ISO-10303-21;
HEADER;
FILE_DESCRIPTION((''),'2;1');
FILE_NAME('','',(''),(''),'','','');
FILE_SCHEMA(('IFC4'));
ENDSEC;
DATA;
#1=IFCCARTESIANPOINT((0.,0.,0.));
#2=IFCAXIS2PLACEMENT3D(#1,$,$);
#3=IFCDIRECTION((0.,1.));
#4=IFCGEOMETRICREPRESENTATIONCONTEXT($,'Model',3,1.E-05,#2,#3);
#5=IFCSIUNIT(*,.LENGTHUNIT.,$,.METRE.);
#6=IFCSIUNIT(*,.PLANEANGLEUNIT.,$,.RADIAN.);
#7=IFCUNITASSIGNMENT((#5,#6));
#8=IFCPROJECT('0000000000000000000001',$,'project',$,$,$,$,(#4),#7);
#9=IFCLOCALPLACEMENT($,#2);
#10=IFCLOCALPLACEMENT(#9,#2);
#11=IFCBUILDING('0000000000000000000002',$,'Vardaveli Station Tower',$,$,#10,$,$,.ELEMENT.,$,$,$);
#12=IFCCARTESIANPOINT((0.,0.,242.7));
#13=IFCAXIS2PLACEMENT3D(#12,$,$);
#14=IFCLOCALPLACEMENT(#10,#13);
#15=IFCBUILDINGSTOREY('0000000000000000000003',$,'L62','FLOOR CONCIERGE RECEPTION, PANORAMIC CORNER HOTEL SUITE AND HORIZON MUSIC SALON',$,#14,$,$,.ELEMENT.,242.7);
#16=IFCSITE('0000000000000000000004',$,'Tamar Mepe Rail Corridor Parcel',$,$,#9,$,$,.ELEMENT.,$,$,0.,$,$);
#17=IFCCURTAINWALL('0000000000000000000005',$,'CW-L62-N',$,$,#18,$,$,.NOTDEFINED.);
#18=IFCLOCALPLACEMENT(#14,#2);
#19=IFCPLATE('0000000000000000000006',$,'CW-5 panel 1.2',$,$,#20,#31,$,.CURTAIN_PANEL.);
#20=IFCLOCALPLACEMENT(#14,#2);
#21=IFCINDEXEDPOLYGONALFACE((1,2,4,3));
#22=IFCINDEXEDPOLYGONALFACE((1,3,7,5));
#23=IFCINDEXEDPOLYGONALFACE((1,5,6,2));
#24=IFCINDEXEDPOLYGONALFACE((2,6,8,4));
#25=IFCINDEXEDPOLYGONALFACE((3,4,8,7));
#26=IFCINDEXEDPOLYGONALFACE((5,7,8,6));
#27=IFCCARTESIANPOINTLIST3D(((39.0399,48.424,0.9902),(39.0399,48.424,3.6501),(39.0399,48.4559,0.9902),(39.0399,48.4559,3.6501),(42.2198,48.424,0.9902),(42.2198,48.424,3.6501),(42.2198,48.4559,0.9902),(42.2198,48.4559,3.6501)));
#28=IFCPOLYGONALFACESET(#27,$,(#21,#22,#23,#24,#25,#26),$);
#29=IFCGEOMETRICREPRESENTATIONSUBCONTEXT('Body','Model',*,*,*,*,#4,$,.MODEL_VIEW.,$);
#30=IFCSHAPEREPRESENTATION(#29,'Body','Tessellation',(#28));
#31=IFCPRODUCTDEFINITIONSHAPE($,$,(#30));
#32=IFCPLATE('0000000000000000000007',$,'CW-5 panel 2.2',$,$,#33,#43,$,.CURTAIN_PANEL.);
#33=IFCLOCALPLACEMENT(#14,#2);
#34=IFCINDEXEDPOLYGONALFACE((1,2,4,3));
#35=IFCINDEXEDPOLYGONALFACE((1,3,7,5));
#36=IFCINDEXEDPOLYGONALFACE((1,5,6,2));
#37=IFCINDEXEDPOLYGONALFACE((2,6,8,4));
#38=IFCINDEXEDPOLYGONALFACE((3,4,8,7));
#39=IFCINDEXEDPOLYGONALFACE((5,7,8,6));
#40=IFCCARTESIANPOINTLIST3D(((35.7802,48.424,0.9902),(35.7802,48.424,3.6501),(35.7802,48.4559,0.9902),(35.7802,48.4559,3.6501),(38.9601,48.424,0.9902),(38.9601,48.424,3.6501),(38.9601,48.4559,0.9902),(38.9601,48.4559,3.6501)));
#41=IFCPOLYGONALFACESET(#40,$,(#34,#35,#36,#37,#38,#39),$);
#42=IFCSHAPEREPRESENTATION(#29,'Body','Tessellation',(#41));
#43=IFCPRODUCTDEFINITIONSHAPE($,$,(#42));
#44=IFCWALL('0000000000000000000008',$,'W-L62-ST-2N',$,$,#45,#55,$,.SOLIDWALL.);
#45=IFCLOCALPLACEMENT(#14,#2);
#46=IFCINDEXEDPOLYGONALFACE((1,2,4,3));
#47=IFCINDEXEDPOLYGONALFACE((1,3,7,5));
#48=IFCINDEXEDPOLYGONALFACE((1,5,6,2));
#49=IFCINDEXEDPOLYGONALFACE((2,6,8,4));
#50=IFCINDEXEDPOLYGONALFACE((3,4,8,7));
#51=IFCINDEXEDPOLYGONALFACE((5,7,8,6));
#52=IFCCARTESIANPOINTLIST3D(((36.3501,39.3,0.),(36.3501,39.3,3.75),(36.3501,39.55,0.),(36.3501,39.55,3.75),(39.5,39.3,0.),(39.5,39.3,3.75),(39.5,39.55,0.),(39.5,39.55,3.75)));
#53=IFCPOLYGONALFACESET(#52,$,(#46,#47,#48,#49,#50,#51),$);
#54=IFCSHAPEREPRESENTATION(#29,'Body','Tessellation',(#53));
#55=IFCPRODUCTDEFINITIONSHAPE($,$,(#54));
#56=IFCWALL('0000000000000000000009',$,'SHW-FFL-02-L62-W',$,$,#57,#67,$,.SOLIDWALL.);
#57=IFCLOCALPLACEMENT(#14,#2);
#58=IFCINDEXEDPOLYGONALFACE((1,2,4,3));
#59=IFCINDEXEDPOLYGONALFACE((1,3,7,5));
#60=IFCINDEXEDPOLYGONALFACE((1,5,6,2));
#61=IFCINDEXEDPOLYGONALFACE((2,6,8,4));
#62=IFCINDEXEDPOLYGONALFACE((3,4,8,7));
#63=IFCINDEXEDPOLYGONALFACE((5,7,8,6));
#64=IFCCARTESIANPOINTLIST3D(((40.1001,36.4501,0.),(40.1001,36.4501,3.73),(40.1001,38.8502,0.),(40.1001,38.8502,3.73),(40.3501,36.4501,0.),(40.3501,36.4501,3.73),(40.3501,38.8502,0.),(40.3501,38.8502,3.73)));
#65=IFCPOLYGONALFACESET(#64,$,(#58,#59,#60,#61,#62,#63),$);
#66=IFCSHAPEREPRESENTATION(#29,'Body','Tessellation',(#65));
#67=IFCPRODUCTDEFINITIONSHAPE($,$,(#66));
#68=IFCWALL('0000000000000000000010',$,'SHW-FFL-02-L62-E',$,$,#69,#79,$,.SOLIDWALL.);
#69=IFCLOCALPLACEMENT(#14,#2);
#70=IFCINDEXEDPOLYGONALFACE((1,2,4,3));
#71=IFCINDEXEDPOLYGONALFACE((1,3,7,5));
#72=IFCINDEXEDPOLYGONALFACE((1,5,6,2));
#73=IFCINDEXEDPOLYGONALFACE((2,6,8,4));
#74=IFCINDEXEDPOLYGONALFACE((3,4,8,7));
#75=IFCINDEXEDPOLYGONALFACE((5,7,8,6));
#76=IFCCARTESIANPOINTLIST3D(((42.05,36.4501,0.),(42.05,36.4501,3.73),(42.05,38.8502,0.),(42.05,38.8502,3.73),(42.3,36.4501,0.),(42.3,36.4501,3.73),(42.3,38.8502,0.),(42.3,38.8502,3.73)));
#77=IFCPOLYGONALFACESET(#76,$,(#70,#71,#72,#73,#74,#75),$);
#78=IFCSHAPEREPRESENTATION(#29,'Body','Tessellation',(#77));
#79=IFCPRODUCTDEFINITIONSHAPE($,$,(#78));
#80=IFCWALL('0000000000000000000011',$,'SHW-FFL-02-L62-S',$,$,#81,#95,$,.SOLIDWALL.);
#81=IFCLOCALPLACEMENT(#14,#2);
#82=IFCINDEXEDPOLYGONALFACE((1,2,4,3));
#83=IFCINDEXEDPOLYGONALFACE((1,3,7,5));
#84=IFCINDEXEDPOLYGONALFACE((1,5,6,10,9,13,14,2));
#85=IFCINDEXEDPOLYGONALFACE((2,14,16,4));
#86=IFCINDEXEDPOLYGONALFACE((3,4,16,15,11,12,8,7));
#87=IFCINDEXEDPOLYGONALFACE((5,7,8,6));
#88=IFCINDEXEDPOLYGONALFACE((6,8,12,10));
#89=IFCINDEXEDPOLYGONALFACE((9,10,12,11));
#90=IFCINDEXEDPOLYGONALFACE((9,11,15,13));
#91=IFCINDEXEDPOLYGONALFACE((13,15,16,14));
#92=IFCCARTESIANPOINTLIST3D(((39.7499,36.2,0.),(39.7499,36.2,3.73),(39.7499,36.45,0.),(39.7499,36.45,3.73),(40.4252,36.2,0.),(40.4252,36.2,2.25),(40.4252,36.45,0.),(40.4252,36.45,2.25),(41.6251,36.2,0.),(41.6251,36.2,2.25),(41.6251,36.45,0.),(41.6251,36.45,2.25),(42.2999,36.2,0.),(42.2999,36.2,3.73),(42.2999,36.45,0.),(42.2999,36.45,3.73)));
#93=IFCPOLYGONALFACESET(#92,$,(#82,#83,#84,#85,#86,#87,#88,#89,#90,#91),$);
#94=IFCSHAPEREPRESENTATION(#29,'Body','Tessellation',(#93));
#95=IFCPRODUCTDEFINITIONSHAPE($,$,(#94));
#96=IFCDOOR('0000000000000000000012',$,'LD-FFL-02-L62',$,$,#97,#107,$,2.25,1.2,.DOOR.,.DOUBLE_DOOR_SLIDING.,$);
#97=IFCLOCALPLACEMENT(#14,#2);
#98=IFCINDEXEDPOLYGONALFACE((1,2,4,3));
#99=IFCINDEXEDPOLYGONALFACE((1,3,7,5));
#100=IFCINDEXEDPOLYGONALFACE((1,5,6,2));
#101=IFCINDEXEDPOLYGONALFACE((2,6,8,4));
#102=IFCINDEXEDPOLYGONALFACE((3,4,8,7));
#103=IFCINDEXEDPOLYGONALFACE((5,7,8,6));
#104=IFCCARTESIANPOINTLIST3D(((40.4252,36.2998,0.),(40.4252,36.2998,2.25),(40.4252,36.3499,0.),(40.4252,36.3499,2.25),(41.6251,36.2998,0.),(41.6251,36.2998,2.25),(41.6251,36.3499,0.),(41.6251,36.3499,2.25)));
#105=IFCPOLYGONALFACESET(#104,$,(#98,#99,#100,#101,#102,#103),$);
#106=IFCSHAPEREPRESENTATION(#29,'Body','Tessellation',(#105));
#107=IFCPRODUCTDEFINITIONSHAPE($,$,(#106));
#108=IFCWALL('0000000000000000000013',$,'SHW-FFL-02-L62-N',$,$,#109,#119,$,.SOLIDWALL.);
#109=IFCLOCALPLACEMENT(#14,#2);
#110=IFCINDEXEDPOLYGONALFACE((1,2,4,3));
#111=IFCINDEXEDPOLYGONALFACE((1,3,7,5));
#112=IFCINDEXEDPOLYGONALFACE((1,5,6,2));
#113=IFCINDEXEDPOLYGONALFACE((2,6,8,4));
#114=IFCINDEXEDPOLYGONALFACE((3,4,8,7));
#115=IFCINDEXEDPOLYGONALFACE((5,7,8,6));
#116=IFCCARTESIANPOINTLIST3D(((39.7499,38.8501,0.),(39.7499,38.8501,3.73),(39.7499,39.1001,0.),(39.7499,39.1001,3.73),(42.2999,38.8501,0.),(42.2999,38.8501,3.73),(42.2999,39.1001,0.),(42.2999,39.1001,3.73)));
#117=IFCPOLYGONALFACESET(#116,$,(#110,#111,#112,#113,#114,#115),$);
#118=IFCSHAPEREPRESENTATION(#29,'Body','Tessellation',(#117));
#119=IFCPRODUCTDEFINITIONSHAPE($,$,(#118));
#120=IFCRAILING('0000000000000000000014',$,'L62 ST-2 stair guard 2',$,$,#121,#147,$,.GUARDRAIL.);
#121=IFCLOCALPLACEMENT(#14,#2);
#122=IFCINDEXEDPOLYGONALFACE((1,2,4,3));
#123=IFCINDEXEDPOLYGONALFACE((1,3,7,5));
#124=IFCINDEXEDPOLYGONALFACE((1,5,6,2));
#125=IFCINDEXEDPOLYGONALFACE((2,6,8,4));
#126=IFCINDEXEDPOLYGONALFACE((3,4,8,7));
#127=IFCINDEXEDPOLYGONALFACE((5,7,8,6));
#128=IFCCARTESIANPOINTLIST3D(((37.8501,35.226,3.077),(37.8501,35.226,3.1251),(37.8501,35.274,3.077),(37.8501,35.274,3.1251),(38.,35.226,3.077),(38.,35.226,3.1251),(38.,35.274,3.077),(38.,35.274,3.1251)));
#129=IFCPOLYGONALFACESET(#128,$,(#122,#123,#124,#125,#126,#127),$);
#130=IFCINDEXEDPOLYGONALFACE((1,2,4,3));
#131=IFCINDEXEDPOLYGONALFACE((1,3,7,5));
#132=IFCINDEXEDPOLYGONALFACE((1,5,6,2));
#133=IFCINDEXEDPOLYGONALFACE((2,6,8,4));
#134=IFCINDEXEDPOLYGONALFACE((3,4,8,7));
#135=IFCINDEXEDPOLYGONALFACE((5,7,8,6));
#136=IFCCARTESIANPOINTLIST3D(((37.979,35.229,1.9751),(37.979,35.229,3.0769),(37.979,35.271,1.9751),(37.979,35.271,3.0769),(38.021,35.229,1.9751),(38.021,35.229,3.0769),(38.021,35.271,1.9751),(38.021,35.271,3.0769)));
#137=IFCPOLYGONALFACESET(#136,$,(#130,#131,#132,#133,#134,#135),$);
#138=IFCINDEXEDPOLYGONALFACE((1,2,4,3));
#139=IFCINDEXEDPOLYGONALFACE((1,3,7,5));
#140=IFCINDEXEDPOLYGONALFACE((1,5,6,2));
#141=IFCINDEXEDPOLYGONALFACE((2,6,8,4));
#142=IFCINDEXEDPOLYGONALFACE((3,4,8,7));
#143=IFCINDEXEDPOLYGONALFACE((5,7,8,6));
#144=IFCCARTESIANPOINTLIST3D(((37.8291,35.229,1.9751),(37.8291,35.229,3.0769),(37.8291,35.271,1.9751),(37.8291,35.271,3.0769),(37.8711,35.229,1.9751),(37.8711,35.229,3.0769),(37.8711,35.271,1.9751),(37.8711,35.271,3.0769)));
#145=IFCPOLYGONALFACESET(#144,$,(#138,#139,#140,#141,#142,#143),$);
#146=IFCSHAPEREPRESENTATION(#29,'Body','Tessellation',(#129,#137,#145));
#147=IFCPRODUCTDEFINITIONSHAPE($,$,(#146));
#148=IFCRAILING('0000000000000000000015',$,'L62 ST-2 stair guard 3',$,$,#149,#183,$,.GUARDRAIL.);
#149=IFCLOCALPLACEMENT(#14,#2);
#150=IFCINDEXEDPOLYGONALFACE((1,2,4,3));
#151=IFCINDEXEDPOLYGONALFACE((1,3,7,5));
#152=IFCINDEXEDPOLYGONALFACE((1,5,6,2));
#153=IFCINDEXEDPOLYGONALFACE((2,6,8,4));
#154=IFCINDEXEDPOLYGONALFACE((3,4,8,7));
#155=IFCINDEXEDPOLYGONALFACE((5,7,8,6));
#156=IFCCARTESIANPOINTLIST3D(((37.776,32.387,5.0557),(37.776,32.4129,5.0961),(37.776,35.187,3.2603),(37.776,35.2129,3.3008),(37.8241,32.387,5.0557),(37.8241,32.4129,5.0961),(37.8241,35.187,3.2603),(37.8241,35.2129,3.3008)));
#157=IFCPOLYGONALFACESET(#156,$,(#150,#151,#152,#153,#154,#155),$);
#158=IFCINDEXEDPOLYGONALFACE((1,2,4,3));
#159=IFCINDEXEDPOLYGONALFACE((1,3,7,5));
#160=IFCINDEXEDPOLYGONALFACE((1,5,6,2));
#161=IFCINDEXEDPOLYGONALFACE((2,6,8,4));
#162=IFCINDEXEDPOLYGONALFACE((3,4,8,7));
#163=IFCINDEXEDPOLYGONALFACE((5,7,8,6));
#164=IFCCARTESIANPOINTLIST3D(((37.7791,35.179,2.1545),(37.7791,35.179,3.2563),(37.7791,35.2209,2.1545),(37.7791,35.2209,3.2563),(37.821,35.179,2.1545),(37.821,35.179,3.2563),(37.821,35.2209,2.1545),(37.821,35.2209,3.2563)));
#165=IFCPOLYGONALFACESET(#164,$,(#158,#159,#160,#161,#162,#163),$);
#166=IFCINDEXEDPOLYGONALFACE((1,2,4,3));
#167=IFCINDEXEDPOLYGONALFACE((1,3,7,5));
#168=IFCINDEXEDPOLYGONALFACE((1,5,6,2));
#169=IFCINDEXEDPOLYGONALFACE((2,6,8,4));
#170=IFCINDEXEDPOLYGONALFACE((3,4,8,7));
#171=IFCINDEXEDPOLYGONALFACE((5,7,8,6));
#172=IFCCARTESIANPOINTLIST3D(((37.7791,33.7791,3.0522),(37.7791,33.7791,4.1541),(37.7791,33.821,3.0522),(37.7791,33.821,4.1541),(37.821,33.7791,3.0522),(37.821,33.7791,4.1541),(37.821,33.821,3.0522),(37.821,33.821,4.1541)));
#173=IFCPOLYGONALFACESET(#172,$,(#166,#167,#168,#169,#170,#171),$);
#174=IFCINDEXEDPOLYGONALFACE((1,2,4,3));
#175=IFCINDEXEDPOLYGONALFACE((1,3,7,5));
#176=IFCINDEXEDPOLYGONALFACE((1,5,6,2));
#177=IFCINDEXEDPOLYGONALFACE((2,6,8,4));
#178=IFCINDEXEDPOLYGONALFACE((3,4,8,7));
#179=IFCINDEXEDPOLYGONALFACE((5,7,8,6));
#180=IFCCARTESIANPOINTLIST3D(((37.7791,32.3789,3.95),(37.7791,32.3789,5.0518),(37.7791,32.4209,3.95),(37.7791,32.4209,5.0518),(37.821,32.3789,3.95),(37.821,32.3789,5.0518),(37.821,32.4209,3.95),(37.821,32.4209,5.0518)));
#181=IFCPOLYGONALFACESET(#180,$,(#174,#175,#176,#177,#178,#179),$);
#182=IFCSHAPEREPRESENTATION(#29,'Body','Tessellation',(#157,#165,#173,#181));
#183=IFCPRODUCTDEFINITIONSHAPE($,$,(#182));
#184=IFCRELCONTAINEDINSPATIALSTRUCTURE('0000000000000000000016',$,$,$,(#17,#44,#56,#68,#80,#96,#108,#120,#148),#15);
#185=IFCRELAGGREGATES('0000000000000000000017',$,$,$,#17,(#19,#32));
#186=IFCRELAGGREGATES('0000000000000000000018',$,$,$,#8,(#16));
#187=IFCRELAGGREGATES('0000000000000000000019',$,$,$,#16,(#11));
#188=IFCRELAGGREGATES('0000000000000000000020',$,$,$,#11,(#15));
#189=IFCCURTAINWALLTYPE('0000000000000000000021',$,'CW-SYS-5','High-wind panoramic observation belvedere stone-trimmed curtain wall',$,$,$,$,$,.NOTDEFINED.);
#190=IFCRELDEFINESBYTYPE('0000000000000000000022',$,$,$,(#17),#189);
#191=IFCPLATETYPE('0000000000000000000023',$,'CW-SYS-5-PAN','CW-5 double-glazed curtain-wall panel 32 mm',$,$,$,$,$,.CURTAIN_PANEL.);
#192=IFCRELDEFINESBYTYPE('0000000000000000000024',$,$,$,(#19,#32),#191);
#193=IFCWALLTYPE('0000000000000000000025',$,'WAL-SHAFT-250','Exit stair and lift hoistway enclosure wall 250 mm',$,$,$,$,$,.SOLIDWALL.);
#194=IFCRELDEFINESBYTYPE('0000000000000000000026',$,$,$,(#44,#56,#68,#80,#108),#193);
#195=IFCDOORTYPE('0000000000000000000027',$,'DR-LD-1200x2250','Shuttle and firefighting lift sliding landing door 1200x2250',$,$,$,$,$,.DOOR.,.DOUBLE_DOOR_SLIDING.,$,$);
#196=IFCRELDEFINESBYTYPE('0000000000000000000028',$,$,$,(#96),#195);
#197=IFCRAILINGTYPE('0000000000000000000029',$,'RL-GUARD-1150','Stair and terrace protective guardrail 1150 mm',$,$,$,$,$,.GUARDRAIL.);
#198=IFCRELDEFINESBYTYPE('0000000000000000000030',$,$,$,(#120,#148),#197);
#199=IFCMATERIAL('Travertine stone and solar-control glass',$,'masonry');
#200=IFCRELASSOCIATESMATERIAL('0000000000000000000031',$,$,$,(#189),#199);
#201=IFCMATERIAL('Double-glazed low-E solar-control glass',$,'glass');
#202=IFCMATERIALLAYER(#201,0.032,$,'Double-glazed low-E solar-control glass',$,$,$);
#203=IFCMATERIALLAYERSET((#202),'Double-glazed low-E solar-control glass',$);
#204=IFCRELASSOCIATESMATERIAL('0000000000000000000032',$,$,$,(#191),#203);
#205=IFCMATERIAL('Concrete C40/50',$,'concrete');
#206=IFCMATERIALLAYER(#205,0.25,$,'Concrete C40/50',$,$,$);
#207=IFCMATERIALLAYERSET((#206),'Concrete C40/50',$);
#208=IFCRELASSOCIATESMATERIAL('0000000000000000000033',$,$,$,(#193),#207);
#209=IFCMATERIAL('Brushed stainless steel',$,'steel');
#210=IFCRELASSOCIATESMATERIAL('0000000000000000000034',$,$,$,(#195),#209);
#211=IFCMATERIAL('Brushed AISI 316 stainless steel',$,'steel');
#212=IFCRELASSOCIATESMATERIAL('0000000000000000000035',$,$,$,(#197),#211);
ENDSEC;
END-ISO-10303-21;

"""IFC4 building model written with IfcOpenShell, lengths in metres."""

from ifc_helpers import new_model, si_unit, direction, frame, frame_2d, origin, origin_2d, place, context, subcontext, project, spatial, rectangle, extrude, source, transform, mapped, material, layer, layer_set, type_object, element, fill, aggregate, save


model = new_model("IFC4")

# Units and contexts
model_context = context("Model", 3, precision=1e-05, world=origin(), true_north=direction((0.0, 1.0)))
body_context = subcontext(model_context, "Body", "Model", "MODEL_VIEW")
ifc_project = project(units=[si_unit("LENGTHUNIT", "METRE"), si_unit("PLANEANGLEUNIT", "RADIAN")], contexts=[model_context])

# Site, building, storey
site_placement = place(None, origin())
site = spatial("IfcSite", under=ifc_project, at=site_placement, Name="Tamar Mepe Rail Corridor Parcel", CompositionType="ELEMENT", RefElevation=0.0)
building_placement = place(site_placement, origin())
building = spatial("IfcBuilding", under=site, at=building_placement, Name="Vardaveli Station Tower", CompositionType="ELEMENT")
storey_placement = place(building_placement, frame((0.0, 0.0, 242.7)))
storey = spatial("IfcBuildingStorey", under=building, at=storey_placement, Name="L62", Description="FLOOR CONCIERGE RECEPTION, PANORAMIC CORNER HOTEL SUITE AND HORIZON MUSIC SALON", CompositionType="ELEMENT", Elevation=242.7)

# Curtain wall, plates
ifc_material_1 = material(Name="Travertine stone and solar-control glass", Category="masonry")
curtain_wall_type = type_object("IfcCurtainWallType", Name="CW-SYS-5", Description="High-wind panoramic observation belvedere stone-trimmed curtain wall", PredefinedType="NOTDEFINED", material=ifc_material_1)
curtain_wall_placement = place(storey_placement, origin())
curtain_wall = element("IfcCurtainWall", 1, at=curtain_wall_placement, inside=storey, type_object=curtain_wall_type, Name="CW-L62-N", PredefinedType="NOTDEFINED")
ifc_material_2 = material(Name="Double-glazed low-E solar-control glass", Category="glass")
ifc_layer_1 = layer(ifc_material_2, 0.032, Name="Double-glazed low-E solar-control glass")
ifc_layer_set_1 = layer_set([ifc_layer_1], Name="Double-glazed low-E solar-control glass")
plate_type = type_object("IfcPlateType", Name="CW-SYS-5-PAN", Description="CW-5 double-glazed curtain-wall panel 32 mm", PredefinedType="CURTAIN_PANEL", material=ifc_layer_set_1)
shared_shape_1 = source(origin(), body_context, "Body", "SweptSolid", [
    extrude(rectangle(XDim=3.1799, YDim=0.032, at=origin_2d()), origin(), (0.0, 0.0, 1.0), 2.6599),
])
plate_1_placement = place(storey_placement, frame((40.6299, 48.4399, 0.9902), z_axis=(0.0, 0.0, 1.0), x_axis=(-1.0, 0.0, 0.0)))
plate_1 = element("IfcPlate", 2, at=plate_1_placement, type_object=plate_type, Name="CW-5 panel 1.2", PredefinedType="CURTAIN_PANEL", context=body_context, shape_type="MappedRepresentation", body=[
    mapped(shared_shape_1, transform((0.0, 0.0, 0.0), scale=1.0)),
])
plate_2_placement = place(storey_placement, frame((37.3701, 48.4399, 0.9902), z_axis=(0.0, 0.0, 1.0), x_axis=(-1.0, 0.0, 0.0)))
plate_2 = element("IfcPlate", 3, at=plate_2_placement, type_object=plate_type, Name="CW-5 panel 2.2", PredefinedType="CURTAIN_PANEL", context=body_context, shape_type="MappedRepresentation", body=[
    mapped(shared_shape_1, transform((0.0, 0.0, 0.0), scale=1.0)),
])
aggregate(curtain_wall, [plate_1, plate_2])

# Walls
ifc_material_3 = material(Name="Concrete C40/50", Category="concrete")
ifc_layer_2 = layer(ifc_material_3, 0.25, Name="Concrete C40/50")
ifc_layer_set_2 = layer_set([ifc_layer_2], Name="Concrete C40/50")
wall_type = type_object("IfcWallType", Name="WAL-SHAFT-250", Description="Exit stair and lift hoistway enclosure wall 250 mm", PredefinedType="SOLIDWALL", material=ifc_layer_set_2)
shared_shape_2 = source(origin(), body_context, "Body", "SweptSolid", [
    extrude(rectangle(XDim=3.1499, YDim=0.25, at=frame_2d((1.575, 0.0))), origin(), (0.0, 0.0, 1.0), 3.75),
])
wall_1_placement = place(storey_placement, frame((36.3501, 39.425, 0.0), z_axis=(0.0, 0.0, 1.0), x_axis=(1.0, 0.0, 0.0)))
element("IfcWall", 4, at=wall_1_placement, inside=storey, type_object=wall_type, Name="W-L62-ST-2N", PredefinedType="SOLIDWALL", context=body_context, shape_type="MappedRepresentation", body=[
    mapped(shared_shape_2, transform((0.0, 0.0, 0.0), scale=1.0)),
])
shared_shape_3 = source(origin(), body_context, "Body", "SweptSolid", [
    extrude(rectangle(XDim=2.4001, YDim=0.25, at=frame_2d((1.2002, 0.0))), origin(), (0.0, 0.0, 1.0), 3.73),
])
for number, where, z_axis, x_axis, name in (
    (5, (40.2251, 36.45, 0.0), (0.0, 0.0, 1.0), (0.0, 1.0, 0.0), "SHW-FFL-02-L62-W"),
    (6, (42.175, 36.45, 0.0), (0.0, 0.0, 1.0), (0.0, 1.0, 0.0), "SHW-FFL-02-L62-E"),
):
    element("IfcWall", number, at=place(storey_placement, frame(where, z_axis=z_axis, x_axis=x_axis)), inside=storey, type_object=wall_type, Name=name, PredefinedType="SOLIDWALL", context=body_context, shape_type="MappedRepresentation", body=[
        mapped(shared_shape_3, transform((0.0, 0.0, 0.0), scale=1.0)),
    ])

# Wall, opening, door
shared_shape_4 = source(origin(), body_context, "Body", "SweptSolid", [
    extrude(rectangle(XDim=2.55, YDim=0.25, at=frame_2d((1.2749, 0.0))), origin(), (0.0, 0.0, 1.0), 3.73),
])
wall_2_placement = place(storey_placement, frame((39.75, 36.325, 0.0), z_axis=(0.0, 0.0, 1.0), x_axis=(1.0, 0.0, 0.0)))
wall_2 = element("IfcWall", 7, at=wall_2_placement, inside=storey, type_object=wall_type, Name="SHW-FFL-02-L62-S", PredefinedType="SOLIDWALL", context=body_context, shape_type="MappedRepresentation", body=[
    mapped(shared_shape_4, transform((0.0, 0.0, 0.0), scale=1.0)),
])
shared_shape_5 = source(origin(), body_context, "Body", "SweptSolid", [
    extrude(rectangle(XDim=1.2, YDim=2.25, at=frame_2d((0.6001, 1.125))), frame((0.0, 0.135, 0.0), z_axis=(0.0, -1.0, 0.0), x_axis=(1.0, 0.0, 0.0)), (0.0, 0.0, 1.0), 0.27),
])
opening_placement = place(wall_2_placement, frame((0.675, 0.0, 0.0)))
opening = element("IfcOpeningElement", 8, at=opening_placement, cuts=wall_2, PredefinedType="OPENING", context=body_context, shape_type="MappedRepresentation", body=[
    mapped(shared_shape_5, transform((0.0, 0.0, 0.0), scale=1.0)),
])
ifc_material_4 = material(Name="Brushed stainless steel", Category="steel")
door_type = type_object("IfcDoorType", Name="DR-LD-1200x2250", Description="Shuttle and firefighting lift sliding landing door 1200x2250", OperationType="DOUBLE_DOOR_SLIDING", PredefinedType="DOOR", material=ifc_material_4)
shared_shape_6 = source(origin(), body_context, "Body", "SweptSolid", [
    extrude(rectangle(XDim=1.2, YDim=2.25, at=frame_2d((0.6001, 1.125))), frame((0.0, 0.0249, 0.0), z_axis=(0.0, -1.0, 0.0), x_axis=(1.0, 0.0, 0.0)), (0.0, 0.0, 1.0), 0.05),
])
door_placement = place(opening_placement, origin())
door = element("IfcDoor", 9, at=door_placement, inside=storey, type_object=door_type, Name="LD-FFL-02-L62", OperationType="DOUBLE_DOOR_SLIDING", OverallHeight=2.25, OverallWidth=1.2, PredefinedType="DOOR", context=body_context, shape_type="MappedRepresentation", body=[
    mapped(shared_shape_6, transform((0.0, 0.0, 0.0), scale=1.0)),
])
fill(opening, door)

# Wall
wall_3_placement = place(storey_placement, frame((39.75, 38.9751, 0.0), z_axis=(0.0, 0.0, 1.0), x_axis=(1.0, 0.0, 0.0)))
element("IfcWall", 10, at=wall_3_placement, inside=storey, type_object=wall_type, Name="SHW-FFL-02-L62-N", PredefinedType="SOLIDWALL", context=body_context, shape_type="MappedRepresentation", body=[
    mapped(shared_shape_4, transform((0.0, 0.0, 0.0), scale=1.0)),
])

# Railings
ifc_material_5 = material(Name="Brushed AISI 316 stainless steel", Category="steel")
railing_type = type_object("IfcRailingType", Name="RL-GUARD-1150", Description="Stair and terrace protective guardrail 1150 mm", PredefinedType="GUARDRAIL", material=ifc_material_5)
shared_shape_7 = source(origin(), body_context, "Body", "SweptSolid", [
    extrude(rectangle(XDim=0.0481, YDim=0.0481, at=origin_2d()), frame((0.0, 0.0, 1.126), z_axis=(-1.0, 0.0, 0.0), x_axis=(0.0, -1.0, 0.0)), (0.0, 0.0, 1.0), 0.1499),
    extrude(rectangle(XDim=0.042, YDim=0.042, at=origin_2d()), origin(), (0.0, 0.0, 1.0), 1.1018),
    extrude(rectangle(XDim=0.042, YDim=0.042, at=origin_2d()), frame((-0.1499, 0.0, 0.0)), (0.0, 0.0, 1.0), 1.1018),
])
railing_1_placement = place(storey_placement, frame((38.0, 35.25, 1.9751)))
element("IfcRailing", 11, at=railing_1_placement, inside=storey, type_object=railing_type, Name="L62 ST-2 stair guard 2", PredefinedType="GUARDRAIL", context=body_context, shape_type="MappedRepresentation", body=[
    mapped(shared_shape_7, transform((0.0, 0.0, 0.0), scale=1.0)),
])
shared_shape_8 = source(origin(), body_context, "Body", "SweptSolid", [
    extrude(rectangle(XDim=0.0481, YDim=0.0481, at=origin_2d()), frame((0.0, 0.0, 1.126), z_axis=(0.0, -0.84181, 0.539774), x_axis=(1.0, 0.0, 0.0)), (0.0, 0.0, 1.0), 3.3262),
    extrude(rectangle(XDim=0.042, YDim=0.042, at=origin_2d()), origin(), (0.0, 0.0, 1.0), 1.1018),
    extrude(rectangle(XDim=0.042, YDim=0.042, at=origin_2d()), frame((0.0, -1.3999, 0.8977)), (0.0, 0.0, 1.0), 1.1018),
    extrude(rectangle(XDim=0.042, YDim=0.042, at=origin_2d()), frame((0.0, -2.8, 1.7954)), (0.0, 0.0, 1.0), 1.1018),
])
railing_2_placement = place(storey_placement, frame((37.8, 35.2, 2.1545)))
element("IfcRailing", 12, at=railing_2_placement, inside=storey, type_object=railing_type, Name="L62 ST-2 stair guard 3", PredefinedType="GUARDRAIL", context=body_context, shape_type="MappedRepresentation", body=[
    mapped(shared_shape_8, transform((0.0, 0.0, 0.0), scale=1.0)),
])

save(model, "model.ifc")
